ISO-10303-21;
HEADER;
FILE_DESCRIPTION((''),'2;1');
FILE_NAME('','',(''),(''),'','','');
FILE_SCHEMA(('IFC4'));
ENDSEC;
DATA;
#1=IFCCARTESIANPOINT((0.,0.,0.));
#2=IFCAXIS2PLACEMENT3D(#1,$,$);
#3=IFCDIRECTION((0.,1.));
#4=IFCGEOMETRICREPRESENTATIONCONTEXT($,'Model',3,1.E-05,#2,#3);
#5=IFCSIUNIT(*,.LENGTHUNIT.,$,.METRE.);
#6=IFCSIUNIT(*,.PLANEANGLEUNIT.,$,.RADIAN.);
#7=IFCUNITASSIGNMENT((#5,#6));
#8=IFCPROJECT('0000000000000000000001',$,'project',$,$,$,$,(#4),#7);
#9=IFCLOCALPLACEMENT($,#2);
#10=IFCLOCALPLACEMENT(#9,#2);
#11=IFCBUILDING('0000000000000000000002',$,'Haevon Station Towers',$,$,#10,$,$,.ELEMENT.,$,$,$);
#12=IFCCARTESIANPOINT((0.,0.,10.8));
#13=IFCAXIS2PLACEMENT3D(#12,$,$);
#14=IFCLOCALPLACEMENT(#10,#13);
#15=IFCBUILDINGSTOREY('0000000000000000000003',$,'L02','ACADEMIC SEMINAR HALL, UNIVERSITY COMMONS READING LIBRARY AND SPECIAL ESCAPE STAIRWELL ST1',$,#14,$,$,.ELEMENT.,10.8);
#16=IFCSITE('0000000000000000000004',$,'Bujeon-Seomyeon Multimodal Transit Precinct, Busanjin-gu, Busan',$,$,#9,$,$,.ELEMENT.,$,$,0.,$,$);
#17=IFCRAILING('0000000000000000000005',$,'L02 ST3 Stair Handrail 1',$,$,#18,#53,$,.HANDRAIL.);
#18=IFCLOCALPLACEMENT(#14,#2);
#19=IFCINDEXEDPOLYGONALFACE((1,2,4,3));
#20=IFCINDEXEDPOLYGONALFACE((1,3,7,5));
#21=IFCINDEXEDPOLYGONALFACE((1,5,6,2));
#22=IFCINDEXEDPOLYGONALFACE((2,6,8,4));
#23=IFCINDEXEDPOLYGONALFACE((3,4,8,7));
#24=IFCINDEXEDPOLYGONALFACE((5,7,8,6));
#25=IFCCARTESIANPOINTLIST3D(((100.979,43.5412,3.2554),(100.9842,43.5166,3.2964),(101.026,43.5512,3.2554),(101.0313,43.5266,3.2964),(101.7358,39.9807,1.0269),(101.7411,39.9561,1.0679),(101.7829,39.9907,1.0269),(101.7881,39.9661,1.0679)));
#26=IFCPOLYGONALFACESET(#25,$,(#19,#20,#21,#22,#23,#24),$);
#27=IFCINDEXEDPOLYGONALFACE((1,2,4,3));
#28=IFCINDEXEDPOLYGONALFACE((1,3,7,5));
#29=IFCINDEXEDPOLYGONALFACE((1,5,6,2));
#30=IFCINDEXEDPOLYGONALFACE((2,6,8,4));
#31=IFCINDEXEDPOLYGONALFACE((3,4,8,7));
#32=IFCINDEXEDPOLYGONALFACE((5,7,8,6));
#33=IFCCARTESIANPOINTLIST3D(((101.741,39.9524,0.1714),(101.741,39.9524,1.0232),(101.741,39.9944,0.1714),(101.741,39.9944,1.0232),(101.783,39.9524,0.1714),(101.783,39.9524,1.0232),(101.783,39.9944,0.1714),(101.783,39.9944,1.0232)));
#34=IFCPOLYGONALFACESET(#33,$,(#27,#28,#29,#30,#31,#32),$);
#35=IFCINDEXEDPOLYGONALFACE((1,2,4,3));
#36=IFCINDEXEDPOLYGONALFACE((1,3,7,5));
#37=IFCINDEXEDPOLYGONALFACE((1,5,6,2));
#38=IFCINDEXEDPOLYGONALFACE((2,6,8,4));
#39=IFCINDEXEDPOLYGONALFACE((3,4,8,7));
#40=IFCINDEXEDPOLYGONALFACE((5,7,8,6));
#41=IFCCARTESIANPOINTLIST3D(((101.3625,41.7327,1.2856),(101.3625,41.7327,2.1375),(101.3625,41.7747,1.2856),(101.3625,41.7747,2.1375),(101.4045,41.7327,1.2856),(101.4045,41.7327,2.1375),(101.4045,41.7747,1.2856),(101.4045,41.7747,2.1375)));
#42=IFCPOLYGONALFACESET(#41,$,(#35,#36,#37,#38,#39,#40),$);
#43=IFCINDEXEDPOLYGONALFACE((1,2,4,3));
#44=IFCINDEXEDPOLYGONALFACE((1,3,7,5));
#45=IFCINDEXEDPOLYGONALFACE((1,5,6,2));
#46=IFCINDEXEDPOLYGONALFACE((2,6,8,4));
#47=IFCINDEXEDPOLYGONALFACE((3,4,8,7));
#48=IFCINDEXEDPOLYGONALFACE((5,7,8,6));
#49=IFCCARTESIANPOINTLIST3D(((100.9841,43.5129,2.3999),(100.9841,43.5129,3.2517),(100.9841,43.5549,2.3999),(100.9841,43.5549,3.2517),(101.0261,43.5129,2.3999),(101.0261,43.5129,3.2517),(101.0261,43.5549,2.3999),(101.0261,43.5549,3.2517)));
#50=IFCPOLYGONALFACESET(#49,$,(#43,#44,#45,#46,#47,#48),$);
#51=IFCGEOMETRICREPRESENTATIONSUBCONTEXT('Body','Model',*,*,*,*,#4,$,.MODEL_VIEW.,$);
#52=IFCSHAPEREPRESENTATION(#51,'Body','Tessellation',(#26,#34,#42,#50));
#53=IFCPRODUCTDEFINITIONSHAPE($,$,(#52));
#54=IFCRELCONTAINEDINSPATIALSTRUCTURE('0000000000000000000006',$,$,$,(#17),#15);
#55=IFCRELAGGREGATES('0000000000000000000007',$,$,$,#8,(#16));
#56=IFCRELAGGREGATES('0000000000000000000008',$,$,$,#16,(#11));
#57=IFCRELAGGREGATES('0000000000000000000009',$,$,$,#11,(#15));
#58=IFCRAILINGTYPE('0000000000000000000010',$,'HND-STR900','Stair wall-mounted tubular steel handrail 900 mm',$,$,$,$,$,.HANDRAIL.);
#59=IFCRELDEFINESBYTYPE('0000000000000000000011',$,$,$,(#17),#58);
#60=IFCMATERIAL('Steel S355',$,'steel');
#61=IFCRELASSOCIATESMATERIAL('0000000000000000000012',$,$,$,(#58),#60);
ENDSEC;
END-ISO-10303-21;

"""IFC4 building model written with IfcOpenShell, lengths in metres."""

from ifc_helpers import new_model, si_unit, direction, frame, origin, origin_2d, place, context, subcontext, project, spatial, rectangle, extrude, material, type_object, element, save


model = new_model("IFC4")

# Units and contexts
model_context = context("Model", 3, precision=1e-05, world=origin(), true_north=direction((0.0, 1.0)))
body_context = subcontext(model_context, "Body", "Model", "MODEL_VIEW")
ifc_project = project(units=[si_unit("LENGTHUNIT", "METRE"), si_unit("PLANEANGLEUNIT", "RADIAN")], contexts=[model_context])

# Site, building, storey
site_placement = place(None, origin())
site = spatial("IfcSite", under=ifc_project, at=site_placement, Name="Bujeon-Seomyeon Multimodal Transit Precinct, Busanjin-gu, Busan", CompositionType="ELEMENT", RefElevation=0.0)
building_placement = place(site_placement, origin())
building = spatial("IfcBuilding", under=site, at=building_placement, Name="Haevon Station Towers", CompositionType="ELEMENT")
storey_placement = place(building_placement, frame((0.0, 0.0, 10.8)))
storey = spatial("IfcBuildingStorey", under=building, at=storey_placement, Name="L02", Description="ACADEMIC SEMINAR HALL, UNIVERSITY COMMONS READING LIBRARY AND SPECIAL ESCAPE STAIRWELL ST1", CompositionType="ELEMENT", Elevation=10.8)

# Railing
ifc_material_1 = material(Name="Steel S355", Category="steel")
railing_type_1 = type_object("IfcRailingType", Name="HND-STR900", Description="Stair wall-mounted tubular steel handrail 900 mm", PredefinedType="HANDRAIL", material=ifc_material_1)
railing_1_placement = place(storey_placement, frame((101.762, 39.9734, 0.1714)))
element("IfcRailing", 1, at=railing_1_placement, inside=storey, type_object=railing_type_1, Name="L02 ST3 Stair Handrail 1", PredefinedType="HANDRAIL", context=body_context, shape_type="SweptSolid", body=[
    extrude(rectangle(XDim=0.0481, YDim=0.0481, at=origin_2d()), frame((0.0, 0.0, 0.876), z_axis=(-0.177324, 0.834225, 0.522134), x_axis=(-0.978147, -0.207917, 0.0)), (0.0, 0.0, 1.0), 4.2681),
    extrude(rectangle(XDim=0.042, YDim=0.042, at=origin_2d()), origin(), (0.0, 0.0, 1.0), 0.8518),
    extrude(rectangle(XDim=0.042, YDim=0.042, at=origin_2d()), frame((-0.3784, 1.7803, 1.1143)), (0.0, 0.0, 1.0), 0.8518),
    extrude(rectangle(XDim=0.042, YDim=0.042, at=origin_2d()), frame((-0.7568, 3.5605, 2.2285)), (0.0, 0.0, 1.0), 0.8518),
])

save(model, "model.ifc")
